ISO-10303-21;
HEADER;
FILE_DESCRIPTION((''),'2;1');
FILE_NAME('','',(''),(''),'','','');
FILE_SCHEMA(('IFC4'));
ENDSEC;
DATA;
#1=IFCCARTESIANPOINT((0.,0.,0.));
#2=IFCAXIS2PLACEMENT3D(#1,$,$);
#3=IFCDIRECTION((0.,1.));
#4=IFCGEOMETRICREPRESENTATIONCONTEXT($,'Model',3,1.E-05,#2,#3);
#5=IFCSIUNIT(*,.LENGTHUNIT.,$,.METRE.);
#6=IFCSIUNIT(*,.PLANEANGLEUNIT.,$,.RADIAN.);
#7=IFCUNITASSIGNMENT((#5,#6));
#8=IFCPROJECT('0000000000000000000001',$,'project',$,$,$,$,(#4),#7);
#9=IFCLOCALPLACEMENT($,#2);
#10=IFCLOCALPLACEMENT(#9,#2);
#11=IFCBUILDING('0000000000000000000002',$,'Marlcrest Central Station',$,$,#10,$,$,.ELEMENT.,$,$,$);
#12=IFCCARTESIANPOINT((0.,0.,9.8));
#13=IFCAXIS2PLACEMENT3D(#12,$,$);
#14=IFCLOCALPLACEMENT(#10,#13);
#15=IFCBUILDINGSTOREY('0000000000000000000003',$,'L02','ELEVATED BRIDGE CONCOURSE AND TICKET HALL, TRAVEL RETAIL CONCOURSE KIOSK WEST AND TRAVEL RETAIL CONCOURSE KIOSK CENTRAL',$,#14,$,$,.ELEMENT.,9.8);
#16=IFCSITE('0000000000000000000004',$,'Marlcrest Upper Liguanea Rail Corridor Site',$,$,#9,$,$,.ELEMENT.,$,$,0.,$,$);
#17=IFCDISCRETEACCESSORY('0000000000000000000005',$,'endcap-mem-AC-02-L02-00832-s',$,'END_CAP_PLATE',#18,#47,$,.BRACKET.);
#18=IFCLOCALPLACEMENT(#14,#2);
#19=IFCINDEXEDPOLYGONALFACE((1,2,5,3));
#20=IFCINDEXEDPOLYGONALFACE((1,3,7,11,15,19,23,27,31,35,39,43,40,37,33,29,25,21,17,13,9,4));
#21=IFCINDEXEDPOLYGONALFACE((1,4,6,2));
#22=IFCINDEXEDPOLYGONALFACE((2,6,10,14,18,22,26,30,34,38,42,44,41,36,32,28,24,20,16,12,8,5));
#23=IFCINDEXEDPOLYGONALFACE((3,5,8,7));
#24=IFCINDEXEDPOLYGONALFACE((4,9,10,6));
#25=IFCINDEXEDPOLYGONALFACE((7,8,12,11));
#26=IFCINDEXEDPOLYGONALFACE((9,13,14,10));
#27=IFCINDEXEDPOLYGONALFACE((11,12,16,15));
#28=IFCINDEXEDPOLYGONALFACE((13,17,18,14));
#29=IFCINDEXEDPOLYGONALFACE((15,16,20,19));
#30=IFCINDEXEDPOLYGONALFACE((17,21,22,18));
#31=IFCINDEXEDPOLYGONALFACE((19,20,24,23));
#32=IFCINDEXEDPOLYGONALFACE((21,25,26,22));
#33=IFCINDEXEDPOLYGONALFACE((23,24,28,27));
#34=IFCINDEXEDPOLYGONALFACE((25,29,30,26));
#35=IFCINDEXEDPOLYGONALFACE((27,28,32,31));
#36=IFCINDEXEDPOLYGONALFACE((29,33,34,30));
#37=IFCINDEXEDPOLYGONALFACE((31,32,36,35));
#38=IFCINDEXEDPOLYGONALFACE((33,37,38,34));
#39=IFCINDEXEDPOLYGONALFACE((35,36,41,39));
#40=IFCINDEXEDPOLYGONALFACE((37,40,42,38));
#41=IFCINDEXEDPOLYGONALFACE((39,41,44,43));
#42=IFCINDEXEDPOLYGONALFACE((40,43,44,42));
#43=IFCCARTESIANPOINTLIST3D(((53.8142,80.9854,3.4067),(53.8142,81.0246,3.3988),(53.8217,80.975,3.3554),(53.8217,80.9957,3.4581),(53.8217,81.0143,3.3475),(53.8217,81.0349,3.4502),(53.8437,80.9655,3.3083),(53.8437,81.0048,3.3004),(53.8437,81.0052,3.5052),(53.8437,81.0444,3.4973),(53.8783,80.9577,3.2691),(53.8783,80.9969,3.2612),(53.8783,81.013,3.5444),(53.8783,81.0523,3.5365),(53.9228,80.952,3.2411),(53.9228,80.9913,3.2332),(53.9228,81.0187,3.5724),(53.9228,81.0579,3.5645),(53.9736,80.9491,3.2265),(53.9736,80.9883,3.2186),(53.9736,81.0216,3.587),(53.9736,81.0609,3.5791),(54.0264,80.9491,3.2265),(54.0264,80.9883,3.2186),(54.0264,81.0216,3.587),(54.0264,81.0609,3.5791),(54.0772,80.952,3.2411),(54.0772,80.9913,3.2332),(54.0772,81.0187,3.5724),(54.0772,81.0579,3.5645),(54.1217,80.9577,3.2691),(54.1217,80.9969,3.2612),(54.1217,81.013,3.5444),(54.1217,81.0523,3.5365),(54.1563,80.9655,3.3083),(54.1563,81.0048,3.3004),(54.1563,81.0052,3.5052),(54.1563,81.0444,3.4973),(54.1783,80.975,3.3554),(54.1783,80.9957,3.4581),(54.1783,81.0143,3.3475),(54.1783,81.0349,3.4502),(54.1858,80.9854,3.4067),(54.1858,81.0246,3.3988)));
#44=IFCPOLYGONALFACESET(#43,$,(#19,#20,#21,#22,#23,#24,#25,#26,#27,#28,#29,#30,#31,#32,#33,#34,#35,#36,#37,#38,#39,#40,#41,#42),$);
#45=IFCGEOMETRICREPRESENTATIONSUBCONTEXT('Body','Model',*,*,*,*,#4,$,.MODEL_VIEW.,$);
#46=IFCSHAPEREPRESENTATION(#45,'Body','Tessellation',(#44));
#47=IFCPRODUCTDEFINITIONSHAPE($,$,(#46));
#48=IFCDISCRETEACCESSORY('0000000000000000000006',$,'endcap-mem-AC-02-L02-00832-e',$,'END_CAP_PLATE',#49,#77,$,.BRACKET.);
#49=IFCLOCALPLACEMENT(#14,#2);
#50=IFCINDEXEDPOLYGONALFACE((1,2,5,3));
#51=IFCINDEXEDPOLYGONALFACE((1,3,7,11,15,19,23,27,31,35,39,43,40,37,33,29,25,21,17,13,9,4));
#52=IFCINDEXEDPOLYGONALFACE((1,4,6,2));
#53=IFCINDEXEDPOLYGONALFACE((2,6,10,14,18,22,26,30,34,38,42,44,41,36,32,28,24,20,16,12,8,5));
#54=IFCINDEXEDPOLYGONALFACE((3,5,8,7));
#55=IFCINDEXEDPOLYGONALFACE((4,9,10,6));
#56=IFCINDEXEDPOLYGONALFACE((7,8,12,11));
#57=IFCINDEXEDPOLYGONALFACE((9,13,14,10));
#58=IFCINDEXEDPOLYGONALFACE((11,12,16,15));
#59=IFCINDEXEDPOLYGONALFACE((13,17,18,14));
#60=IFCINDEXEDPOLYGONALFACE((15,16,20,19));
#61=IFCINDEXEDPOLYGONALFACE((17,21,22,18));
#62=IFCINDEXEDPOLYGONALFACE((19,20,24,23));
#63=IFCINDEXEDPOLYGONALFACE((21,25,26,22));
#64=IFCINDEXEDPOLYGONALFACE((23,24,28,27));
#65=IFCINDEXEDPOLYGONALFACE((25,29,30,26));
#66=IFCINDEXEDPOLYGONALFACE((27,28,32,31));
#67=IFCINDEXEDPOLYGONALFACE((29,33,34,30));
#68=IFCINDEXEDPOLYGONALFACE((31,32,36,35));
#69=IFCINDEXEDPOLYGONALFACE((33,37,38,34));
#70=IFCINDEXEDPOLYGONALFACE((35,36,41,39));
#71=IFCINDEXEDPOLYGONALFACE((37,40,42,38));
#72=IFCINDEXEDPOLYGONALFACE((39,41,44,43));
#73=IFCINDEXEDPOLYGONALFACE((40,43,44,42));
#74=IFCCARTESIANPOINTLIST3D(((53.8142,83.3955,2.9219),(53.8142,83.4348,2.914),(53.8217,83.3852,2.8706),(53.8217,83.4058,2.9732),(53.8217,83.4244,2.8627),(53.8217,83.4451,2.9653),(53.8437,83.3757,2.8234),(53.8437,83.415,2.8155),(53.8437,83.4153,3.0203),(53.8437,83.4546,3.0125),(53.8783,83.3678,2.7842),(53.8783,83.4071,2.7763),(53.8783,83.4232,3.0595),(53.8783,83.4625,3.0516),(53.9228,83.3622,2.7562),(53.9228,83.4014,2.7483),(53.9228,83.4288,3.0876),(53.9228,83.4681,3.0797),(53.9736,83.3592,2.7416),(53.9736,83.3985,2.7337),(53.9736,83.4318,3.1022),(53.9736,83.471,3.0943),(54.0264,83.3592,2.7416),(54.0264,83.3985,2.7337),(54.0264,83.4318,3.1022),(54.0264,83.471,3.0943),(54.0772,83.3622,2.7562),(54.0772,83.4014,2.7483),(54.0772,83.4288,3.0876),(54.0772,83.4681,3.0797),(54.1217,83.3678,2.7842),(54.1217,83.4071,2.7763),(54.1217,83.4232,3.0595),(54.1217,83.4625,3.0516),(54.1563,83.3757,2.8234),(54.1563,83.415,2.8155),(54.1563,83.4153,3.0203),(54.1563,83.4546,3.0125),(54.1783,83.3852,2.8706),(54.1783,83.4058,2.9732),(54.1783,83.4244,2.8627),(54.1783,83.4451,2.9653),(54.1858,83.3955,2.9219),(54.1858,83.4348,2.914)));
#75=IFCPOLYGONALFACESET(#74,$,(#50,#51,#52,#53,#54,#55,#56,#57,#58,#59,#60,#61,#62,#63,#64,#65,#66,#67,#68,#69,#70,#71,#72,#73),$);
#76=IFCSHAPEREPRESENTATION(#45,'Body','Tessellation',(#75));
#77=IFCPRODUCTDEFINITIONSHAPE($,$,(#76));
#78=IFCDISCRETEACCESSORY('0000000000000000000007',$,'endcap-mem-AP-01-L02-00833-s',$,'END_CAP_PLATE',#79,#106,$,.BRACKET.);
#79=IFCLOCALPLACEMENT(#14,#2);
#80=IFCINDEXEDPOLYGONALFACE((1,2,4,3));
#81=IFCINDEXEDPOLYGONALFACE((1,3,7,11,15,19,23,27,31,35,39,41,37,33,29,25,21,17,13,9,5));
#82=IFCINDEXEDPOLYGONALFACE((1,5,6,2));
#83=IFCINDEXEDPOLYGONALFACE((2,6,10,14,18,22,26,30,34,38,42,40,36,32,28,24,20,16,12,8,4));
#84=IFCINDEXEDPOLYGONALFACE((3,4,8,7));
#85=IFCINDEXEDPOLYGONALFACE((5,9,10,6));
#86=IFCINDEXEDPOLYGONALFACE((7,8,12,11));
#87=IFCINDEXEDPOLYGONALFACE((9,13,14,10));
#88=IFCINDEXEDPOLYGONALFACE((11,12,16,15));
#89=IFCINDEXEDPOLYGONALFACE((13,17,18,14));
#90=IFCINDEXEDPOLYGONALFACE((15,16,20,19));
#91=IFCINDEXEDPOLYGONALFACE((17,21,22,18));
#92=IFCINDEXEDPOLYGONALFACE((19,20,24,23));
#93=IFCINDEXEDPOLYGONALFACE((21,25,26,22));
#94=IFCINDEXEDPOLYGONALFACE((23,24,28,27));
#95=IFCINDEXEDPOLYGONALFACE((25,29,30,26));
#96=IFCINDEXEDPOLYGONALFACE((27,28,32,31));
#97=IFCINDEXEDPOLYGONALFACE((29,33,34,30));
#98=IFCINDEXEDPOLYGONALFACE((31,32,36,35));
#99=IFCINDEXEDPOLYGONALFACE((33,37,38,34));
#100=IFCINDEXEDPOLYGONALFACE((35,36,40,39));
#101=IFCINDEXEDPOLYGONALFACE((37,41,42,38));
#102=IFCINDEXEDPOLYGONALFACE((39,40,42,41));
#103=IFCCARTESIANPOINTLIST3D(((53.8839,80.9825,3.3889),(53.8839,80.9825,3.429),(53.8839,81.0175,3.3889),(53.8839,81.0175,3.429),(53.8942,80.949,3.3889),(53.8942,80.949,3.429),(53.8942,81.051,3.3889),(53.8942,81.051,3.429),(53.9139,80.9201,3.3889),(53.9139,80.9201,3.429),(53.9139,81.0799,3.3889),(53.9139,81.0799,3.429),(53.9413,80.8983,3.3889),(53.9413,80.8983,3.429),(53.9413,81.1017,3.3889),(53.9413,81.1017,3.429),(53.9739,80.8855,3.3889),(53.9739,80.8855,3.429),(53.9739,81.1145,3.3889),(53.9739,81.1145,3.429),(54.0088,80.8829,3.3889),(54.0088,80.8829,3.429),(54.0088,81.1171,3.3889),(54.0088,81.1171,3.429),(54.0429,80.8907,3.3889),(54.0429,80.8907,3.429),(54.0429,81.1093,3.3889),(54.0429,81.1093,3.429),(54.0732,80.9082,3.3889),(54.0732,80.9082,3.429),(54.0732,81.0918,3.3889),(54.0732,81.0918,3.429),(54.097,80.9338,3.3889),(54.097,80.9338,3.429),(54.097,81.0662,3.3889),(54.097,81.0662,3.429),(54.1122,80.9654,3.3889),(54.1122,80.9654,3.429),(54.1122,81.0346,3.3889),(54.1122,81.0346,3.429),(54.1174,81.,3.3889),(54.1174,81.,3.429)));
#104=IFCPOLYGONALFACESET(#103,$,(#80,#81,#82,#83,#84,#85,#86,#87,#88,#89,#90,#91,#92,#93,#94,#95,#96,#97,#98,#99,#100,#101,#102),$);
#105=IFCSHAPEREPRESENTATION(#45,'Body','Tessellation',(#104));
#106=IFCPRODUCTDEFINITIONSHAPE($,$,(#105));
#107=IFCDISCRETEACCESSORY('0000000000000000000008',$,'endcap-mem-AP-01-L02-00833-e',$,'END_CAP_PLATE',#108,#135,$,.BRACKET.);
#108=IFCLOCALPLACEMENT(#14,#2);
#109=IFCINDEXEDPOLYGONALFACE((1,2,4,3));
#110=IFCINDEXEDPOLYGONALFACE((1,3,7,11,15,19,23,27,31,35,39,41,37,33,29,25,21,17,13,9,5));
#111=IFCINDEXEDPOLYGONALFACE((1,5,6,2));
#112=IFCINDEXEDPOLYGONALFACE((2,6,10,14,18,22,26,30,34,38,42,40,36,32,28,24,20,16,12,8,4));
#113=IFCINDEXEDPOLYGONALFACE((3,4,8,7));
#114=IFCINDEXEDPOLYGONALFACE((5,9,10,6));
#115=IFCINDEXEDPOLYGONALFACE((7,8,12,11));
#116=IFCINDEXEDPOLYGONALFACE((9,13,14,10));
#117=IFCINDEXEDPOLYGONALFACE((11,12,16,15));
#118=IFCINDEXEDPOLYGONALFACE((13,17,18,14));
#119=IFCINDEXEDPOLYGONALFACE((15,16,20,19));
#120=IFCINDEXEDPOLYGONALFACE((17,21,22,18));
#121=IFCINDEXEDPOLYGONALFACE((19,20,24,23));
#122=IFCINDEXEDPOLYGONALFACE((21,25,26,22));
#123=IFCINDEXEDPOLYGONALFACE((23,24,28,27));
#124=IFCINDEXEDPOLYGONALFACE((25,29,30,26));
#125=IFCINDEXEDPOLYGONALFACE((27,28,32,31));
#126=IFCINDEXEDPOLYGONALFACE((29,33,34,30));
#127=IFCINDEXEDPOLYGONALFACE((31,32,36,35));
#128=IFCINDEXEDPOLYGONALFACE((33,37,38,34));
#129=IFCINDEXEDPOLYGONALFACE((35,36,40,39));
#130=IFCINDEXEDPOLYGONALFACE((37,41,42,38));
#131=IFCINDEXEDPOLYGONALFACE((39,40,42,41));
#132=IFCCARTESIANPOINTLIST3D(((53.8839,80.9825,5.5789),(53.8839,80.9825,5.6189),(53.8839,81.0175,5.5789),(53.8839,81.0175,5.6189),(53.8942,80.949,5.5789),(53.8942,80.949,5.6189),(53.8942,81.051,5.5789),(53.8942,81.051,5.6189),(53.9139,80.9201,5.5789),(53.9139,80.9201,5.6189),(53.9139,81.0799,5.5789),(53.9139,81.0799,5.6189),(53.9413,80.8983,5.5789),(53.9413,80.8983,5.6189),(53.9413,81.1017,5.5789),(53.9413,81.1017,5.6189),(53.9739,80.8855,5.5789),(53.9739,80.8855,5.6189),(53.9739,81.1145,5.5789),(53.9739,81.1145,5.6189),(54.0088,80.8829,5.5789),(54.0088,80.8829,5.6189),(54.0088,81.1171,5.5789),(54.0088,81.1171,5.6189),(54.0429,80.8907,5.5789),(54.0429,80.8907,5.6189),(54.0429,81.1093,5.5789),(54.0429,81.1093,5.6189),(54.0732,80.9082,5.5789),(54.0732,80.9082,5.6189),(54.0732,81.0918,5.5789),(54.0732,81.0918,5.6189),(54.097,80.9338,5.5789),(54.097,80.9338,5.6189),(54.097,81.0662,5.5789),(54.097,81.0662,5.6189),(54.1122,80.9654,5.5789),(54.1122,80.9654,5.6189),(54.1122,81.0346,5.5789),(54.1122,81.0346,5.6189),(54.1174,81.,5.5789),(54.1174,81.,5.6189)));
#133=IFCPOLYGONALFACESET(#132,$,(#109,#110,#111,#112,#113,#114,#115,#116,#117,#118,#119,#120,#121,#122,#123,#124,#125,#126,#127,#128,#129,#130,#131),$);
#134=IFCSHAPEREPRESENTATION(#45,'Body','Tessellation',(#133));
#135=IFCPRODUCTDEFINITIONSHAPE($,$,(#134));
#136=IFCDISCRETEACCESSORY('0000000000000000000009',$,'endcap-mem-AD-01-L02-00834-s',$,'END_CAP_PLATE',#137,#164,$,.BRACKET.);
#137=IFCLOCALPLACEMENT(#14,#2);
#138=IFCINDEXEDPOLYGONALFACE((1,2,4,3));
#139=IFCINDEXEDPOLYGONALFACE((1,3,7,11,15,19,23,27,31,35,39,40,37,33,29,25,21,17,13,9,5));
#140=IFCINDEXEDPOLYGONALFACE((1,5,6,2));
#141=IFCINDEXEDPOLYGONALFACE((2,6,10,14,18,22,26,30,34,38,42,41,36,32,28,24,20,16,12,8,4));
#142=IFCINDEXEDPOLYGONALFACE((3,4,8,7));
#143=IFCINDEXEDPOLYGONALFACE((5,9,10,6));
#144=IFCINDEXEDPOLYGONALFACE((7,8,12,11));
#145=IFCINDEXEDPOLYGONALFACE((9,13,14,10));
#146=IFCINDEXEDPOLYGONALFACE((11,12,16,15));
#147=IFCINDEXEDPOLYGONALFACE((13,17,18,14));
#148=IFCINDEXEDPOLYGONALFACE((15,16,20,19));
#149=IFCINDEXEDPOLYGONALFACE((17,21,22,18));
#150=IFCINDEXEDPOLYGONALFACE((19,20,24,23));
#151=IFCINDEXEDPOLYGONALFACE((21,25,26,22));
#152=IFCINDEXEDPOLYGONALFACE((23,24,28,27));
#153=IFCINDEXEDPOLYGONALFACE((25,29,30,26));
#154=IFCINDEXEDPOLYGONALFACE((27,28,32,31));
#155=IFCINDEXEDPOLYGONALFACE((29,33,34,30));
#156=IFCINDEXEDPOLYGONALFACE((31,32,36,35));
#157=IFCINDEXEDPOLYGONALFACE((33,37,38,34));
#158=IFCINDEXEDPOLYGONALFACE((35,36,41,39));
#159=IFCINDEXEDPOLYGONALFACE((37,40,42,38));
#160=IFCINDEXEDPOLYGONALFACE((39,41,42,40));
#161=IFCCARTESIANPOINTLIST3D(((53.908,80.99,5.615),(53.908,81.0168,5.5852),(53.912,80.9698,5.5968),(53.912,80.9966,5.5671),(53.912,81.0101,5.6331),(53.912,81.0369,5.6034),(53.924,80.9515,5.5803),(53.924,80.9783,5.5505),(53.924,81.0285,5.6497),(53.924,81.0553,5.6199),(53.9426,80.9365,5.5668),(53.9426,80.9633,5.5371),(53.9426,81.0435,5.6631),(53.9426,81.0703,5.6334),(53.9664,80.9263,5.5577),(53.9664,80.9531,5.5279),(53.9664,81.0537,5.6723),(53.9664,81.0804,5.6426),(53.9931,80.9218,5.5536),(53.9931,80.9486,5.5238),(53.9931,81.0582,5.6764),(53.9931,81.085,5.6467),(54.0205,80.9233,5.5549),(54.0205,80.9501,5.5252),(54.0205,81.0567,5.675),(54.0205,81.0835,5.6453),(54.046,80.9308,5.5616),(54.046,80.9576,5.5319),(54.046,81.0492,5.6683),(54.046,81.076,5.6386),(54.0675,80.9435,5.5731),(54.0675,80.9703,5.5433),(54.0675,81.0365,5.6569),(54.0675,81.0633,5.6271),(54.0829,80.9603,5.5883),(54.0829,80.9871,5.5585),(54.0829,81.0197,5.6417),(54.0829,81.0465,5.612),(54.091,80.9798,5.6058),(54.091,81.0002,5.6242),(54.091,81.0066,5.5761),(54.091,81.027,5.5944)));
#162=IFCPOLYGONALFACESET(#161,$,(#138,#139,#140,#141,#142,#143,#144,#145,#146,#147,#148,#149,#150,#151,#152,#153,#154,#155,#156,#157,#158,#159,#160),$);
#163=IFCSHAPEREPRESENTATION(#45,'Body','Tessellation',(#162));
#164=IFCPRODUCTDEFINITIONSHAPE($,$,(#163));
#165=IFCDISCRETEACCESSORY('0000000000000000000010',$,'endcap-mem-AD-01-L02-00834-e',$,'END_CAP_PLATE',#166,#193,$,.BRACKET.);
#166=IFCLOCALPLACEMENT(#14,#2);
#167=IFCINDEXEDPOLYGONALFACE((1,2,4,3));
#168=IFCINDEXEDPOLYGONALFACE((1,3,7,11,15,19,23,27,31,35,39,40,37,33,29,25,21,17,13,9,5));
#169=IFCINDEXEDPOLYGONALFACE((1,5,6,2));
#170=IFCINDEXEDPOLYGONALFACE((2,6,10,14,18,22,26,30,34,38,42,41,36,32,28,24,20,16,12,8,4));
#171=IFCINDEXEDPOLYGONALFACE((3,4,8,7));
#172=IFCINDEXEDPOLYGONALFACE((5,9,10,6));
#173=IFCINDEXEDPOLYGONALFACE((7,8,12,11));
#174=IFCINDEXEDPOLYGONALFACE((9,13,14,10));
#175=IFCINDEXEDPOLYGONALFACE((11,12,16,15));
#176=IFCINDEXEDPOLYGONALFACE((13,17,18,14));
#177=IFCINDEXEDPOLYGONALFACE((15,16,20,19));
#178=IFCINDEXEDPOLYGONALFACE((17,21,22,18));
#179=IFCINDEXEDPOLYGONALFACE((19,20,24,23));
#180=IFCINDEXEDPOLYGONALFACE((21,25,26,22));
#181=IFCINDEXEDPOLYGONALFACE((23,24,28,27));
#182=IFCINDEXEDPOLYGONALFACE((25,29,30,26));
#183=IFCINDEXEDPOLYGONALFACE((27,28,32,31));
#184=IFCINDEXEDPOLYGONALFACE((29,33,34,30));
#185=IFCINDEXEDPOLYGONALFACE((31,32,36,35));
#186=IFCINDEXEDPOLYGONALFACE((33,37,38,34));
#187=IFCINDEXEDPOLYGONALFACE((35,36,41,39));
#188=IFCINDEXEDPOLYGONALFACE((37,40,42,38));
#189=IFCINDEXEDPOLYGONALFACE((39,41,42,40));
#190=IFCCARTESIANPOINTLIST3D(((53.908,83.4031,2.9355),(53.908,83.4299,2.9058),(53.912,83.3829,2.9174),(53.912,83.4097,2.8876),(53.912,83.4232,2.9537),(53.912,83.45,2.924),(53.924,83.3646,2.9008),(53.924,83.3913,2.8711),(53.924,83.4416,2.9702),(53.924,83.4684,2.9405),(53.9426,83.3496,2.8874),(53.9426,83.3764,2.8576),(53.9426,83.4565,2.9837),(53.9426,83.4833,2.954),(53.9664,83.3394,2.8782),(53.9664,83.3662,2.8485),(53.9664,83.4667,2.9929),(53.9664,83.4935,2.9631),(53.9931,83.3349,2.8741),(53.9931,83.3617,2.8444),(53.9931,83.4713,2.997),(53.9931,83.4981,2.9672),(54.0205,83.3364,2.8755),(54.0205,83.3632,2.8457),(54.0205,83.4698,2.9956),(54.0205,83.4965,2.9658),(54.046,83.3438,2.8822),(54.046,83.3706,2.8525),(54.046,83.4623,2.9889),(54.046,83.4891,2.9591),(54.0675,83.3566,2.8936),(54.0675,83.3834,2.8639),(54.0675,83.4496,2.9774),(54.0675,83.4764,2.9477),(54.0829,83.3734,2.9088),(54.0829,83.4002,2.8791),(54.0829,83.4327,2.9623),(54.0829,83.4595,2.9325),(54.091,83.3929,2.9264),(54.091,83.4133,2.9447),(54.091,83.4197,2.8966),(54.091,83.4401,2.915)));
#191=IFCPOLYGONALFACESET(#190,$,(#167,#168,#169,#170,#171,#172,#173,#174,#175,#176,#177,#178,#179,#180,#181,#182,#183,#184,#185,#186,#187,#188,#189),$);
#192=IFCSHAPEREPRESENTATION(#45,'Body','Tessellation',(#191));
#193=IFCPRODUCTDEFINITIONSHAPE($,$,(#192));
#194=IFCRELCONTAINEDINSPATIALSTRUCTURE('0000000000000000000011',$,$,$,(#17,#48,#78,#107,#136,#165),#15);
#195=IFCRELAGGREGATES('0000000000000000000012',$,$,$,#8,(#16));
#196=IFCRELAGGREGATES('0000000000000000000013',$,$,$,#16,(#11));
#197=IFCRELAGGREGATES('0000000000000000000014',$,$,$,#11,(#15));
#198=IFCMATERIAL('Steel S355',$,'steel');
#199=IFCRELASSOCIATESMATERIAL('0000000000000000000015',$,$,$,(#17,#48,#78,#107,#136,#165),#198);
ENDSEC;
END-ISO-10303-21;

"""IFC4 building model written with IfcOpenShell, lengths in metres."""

from ifc_helpers import new_model, si_unit, direction, frame, origin, origin_2d, place, context, subcontext, project, spatial, circle, extrude, material, element, save


model = new_model("IFC4")

# Units and contexts
model_context = context("Model", 3, precision=1e-05, world=origin(), true_north=direction((0.0, 1.0)))
body_context = subcontext(model_context, "Body", "Model", "MODEL_VIEW")
ifc_project = project(units=[si_unit("LENGTHUNIT", "METRE"), si_unit("PLANEANGLEUNIT", "RADIAN")], contexts=[model_context])

# Site, building, storey
site_placement = place(None, origin())
site = spatial("IfcSite", under=ifc_project, at=site_placement, Name="Marlcrest Upper Liguanea Rail Corridor Site", CompositionType="ELEMENT", RefElevation=0.0)
building_placement = place(site_placement, origin())
building = spatial("IfcBuilding", under=site, at=building_placement, Name="Marlcrest Central Station", CompositionType="ELEMENT")
storey_placement = place(building_placement, frame((0.0, 0.0, 9.8)))
storey = spatial("IfcBuildingStorey", under=building, at=storey_placement, Name="L02", Description="ELEVATED BRIDGE CONCOURSE AND TICKET HALL, TRAVEL RETAIL CONCOURSE KIOSK WEST AND TRAVEL RETAIL CONCOURSE KIOSK CENTRAL", CompositionType="ELEMENT", Elevation=9.8)

# Shared definitions
ifc_material_1 = material(Name="Steel S355", Category="steel")

# Discrete accessories
for number, where, z_axis, x_axis, name in (
    (1, (54.0, 80.9854, 3.4067), (0.0, 0.980359, -0.197219), (-1.0, 0.0, 0.0), "endcap-mem-AC-02-L02-00832-s"),
    (2, (54.0, 83.3955, 2.9219), (0.0, 0.980359, -0.197219), (-1.0, 0.0, 0.0), "endcap-mem-AC-02-L02-00832-e"),
):
    element("IfcDiscreteAccessory", number, at=place(storey_placement, frame(where, z_axis=z_axis, x_axis=x_axis)), inside=storey, material=ifc_material_1, Name=name, ObjectType="END_CAP_PLATE", PredefinedType="BRACKET", context=body_context, shape_type="SweptSolid", body=[
        extrude(circle(Radius=0.1858, at=origin_2d()), origin(), (0.0, 0.0, 1.0), 0.04),
    ])
for number, where, z_axis, x_axis, name in (
    (3, (54.0, 81.0, 3.3889), (0.0, 0.0, 1.0), (1.0, 0.0, 0.0), "endcap-mem-AP-01-L02-00833-s"),
    (4, (54.0, 81.0, 5.5789), (0.0, 0.0, 1.0), (1.0, 0.0, 0.0), "endcap-mem-AP-01-L02-00833-e"),
):
    element("IfcDiscreteAccessory", number, at=place(storey_placement, frame(where, z_axis=z_axis, x_axis=x_axis)), inside=storey, material=ifc_material_1, Name=name, ObjectType="END_CAP_PLATE", PredefinedType="BRACKET", context=body_context, shape_type="SweptSolid", body=[
        extrude(circle(Radius=0.1174, at=origin_2d()), origin(), (0.0, 0.0, 1.0), 0.04),
    ])
for number, where, z_axis, x_axis, name in (
    (5, (54.0, 80.99, 5.615), (0.0, 0.669244, -0.743042), (-1.0, 0.0, 0.0), "endcap-mem-AD-01-L02-00834-s"),
    (6, (54.0, 83.4031, 2.9355), (0.0, 0.669244, -0.743042), (-1.0, 0.0, 0.0), "endcap-mem-AD-01-L02-00834-e"),
):
    element("IfcDiscreteAccessory", number, at=place(storey_placement, frame(where, z_axis=z_axis, x_axis=x_axis)), inside=storey, material=ifc_material_1, Name=name, ObjectType="END_CAP_PLATE", PredefinedType="BRACKET", context=body_context, shape_type="SweptSolid", body=[
        extrude(circle(Radius=0.092, at=origin_2d()), origin(), (0.0, 0.0, 1.0), 0.04),
    ])

save(model, "model.ifc")
